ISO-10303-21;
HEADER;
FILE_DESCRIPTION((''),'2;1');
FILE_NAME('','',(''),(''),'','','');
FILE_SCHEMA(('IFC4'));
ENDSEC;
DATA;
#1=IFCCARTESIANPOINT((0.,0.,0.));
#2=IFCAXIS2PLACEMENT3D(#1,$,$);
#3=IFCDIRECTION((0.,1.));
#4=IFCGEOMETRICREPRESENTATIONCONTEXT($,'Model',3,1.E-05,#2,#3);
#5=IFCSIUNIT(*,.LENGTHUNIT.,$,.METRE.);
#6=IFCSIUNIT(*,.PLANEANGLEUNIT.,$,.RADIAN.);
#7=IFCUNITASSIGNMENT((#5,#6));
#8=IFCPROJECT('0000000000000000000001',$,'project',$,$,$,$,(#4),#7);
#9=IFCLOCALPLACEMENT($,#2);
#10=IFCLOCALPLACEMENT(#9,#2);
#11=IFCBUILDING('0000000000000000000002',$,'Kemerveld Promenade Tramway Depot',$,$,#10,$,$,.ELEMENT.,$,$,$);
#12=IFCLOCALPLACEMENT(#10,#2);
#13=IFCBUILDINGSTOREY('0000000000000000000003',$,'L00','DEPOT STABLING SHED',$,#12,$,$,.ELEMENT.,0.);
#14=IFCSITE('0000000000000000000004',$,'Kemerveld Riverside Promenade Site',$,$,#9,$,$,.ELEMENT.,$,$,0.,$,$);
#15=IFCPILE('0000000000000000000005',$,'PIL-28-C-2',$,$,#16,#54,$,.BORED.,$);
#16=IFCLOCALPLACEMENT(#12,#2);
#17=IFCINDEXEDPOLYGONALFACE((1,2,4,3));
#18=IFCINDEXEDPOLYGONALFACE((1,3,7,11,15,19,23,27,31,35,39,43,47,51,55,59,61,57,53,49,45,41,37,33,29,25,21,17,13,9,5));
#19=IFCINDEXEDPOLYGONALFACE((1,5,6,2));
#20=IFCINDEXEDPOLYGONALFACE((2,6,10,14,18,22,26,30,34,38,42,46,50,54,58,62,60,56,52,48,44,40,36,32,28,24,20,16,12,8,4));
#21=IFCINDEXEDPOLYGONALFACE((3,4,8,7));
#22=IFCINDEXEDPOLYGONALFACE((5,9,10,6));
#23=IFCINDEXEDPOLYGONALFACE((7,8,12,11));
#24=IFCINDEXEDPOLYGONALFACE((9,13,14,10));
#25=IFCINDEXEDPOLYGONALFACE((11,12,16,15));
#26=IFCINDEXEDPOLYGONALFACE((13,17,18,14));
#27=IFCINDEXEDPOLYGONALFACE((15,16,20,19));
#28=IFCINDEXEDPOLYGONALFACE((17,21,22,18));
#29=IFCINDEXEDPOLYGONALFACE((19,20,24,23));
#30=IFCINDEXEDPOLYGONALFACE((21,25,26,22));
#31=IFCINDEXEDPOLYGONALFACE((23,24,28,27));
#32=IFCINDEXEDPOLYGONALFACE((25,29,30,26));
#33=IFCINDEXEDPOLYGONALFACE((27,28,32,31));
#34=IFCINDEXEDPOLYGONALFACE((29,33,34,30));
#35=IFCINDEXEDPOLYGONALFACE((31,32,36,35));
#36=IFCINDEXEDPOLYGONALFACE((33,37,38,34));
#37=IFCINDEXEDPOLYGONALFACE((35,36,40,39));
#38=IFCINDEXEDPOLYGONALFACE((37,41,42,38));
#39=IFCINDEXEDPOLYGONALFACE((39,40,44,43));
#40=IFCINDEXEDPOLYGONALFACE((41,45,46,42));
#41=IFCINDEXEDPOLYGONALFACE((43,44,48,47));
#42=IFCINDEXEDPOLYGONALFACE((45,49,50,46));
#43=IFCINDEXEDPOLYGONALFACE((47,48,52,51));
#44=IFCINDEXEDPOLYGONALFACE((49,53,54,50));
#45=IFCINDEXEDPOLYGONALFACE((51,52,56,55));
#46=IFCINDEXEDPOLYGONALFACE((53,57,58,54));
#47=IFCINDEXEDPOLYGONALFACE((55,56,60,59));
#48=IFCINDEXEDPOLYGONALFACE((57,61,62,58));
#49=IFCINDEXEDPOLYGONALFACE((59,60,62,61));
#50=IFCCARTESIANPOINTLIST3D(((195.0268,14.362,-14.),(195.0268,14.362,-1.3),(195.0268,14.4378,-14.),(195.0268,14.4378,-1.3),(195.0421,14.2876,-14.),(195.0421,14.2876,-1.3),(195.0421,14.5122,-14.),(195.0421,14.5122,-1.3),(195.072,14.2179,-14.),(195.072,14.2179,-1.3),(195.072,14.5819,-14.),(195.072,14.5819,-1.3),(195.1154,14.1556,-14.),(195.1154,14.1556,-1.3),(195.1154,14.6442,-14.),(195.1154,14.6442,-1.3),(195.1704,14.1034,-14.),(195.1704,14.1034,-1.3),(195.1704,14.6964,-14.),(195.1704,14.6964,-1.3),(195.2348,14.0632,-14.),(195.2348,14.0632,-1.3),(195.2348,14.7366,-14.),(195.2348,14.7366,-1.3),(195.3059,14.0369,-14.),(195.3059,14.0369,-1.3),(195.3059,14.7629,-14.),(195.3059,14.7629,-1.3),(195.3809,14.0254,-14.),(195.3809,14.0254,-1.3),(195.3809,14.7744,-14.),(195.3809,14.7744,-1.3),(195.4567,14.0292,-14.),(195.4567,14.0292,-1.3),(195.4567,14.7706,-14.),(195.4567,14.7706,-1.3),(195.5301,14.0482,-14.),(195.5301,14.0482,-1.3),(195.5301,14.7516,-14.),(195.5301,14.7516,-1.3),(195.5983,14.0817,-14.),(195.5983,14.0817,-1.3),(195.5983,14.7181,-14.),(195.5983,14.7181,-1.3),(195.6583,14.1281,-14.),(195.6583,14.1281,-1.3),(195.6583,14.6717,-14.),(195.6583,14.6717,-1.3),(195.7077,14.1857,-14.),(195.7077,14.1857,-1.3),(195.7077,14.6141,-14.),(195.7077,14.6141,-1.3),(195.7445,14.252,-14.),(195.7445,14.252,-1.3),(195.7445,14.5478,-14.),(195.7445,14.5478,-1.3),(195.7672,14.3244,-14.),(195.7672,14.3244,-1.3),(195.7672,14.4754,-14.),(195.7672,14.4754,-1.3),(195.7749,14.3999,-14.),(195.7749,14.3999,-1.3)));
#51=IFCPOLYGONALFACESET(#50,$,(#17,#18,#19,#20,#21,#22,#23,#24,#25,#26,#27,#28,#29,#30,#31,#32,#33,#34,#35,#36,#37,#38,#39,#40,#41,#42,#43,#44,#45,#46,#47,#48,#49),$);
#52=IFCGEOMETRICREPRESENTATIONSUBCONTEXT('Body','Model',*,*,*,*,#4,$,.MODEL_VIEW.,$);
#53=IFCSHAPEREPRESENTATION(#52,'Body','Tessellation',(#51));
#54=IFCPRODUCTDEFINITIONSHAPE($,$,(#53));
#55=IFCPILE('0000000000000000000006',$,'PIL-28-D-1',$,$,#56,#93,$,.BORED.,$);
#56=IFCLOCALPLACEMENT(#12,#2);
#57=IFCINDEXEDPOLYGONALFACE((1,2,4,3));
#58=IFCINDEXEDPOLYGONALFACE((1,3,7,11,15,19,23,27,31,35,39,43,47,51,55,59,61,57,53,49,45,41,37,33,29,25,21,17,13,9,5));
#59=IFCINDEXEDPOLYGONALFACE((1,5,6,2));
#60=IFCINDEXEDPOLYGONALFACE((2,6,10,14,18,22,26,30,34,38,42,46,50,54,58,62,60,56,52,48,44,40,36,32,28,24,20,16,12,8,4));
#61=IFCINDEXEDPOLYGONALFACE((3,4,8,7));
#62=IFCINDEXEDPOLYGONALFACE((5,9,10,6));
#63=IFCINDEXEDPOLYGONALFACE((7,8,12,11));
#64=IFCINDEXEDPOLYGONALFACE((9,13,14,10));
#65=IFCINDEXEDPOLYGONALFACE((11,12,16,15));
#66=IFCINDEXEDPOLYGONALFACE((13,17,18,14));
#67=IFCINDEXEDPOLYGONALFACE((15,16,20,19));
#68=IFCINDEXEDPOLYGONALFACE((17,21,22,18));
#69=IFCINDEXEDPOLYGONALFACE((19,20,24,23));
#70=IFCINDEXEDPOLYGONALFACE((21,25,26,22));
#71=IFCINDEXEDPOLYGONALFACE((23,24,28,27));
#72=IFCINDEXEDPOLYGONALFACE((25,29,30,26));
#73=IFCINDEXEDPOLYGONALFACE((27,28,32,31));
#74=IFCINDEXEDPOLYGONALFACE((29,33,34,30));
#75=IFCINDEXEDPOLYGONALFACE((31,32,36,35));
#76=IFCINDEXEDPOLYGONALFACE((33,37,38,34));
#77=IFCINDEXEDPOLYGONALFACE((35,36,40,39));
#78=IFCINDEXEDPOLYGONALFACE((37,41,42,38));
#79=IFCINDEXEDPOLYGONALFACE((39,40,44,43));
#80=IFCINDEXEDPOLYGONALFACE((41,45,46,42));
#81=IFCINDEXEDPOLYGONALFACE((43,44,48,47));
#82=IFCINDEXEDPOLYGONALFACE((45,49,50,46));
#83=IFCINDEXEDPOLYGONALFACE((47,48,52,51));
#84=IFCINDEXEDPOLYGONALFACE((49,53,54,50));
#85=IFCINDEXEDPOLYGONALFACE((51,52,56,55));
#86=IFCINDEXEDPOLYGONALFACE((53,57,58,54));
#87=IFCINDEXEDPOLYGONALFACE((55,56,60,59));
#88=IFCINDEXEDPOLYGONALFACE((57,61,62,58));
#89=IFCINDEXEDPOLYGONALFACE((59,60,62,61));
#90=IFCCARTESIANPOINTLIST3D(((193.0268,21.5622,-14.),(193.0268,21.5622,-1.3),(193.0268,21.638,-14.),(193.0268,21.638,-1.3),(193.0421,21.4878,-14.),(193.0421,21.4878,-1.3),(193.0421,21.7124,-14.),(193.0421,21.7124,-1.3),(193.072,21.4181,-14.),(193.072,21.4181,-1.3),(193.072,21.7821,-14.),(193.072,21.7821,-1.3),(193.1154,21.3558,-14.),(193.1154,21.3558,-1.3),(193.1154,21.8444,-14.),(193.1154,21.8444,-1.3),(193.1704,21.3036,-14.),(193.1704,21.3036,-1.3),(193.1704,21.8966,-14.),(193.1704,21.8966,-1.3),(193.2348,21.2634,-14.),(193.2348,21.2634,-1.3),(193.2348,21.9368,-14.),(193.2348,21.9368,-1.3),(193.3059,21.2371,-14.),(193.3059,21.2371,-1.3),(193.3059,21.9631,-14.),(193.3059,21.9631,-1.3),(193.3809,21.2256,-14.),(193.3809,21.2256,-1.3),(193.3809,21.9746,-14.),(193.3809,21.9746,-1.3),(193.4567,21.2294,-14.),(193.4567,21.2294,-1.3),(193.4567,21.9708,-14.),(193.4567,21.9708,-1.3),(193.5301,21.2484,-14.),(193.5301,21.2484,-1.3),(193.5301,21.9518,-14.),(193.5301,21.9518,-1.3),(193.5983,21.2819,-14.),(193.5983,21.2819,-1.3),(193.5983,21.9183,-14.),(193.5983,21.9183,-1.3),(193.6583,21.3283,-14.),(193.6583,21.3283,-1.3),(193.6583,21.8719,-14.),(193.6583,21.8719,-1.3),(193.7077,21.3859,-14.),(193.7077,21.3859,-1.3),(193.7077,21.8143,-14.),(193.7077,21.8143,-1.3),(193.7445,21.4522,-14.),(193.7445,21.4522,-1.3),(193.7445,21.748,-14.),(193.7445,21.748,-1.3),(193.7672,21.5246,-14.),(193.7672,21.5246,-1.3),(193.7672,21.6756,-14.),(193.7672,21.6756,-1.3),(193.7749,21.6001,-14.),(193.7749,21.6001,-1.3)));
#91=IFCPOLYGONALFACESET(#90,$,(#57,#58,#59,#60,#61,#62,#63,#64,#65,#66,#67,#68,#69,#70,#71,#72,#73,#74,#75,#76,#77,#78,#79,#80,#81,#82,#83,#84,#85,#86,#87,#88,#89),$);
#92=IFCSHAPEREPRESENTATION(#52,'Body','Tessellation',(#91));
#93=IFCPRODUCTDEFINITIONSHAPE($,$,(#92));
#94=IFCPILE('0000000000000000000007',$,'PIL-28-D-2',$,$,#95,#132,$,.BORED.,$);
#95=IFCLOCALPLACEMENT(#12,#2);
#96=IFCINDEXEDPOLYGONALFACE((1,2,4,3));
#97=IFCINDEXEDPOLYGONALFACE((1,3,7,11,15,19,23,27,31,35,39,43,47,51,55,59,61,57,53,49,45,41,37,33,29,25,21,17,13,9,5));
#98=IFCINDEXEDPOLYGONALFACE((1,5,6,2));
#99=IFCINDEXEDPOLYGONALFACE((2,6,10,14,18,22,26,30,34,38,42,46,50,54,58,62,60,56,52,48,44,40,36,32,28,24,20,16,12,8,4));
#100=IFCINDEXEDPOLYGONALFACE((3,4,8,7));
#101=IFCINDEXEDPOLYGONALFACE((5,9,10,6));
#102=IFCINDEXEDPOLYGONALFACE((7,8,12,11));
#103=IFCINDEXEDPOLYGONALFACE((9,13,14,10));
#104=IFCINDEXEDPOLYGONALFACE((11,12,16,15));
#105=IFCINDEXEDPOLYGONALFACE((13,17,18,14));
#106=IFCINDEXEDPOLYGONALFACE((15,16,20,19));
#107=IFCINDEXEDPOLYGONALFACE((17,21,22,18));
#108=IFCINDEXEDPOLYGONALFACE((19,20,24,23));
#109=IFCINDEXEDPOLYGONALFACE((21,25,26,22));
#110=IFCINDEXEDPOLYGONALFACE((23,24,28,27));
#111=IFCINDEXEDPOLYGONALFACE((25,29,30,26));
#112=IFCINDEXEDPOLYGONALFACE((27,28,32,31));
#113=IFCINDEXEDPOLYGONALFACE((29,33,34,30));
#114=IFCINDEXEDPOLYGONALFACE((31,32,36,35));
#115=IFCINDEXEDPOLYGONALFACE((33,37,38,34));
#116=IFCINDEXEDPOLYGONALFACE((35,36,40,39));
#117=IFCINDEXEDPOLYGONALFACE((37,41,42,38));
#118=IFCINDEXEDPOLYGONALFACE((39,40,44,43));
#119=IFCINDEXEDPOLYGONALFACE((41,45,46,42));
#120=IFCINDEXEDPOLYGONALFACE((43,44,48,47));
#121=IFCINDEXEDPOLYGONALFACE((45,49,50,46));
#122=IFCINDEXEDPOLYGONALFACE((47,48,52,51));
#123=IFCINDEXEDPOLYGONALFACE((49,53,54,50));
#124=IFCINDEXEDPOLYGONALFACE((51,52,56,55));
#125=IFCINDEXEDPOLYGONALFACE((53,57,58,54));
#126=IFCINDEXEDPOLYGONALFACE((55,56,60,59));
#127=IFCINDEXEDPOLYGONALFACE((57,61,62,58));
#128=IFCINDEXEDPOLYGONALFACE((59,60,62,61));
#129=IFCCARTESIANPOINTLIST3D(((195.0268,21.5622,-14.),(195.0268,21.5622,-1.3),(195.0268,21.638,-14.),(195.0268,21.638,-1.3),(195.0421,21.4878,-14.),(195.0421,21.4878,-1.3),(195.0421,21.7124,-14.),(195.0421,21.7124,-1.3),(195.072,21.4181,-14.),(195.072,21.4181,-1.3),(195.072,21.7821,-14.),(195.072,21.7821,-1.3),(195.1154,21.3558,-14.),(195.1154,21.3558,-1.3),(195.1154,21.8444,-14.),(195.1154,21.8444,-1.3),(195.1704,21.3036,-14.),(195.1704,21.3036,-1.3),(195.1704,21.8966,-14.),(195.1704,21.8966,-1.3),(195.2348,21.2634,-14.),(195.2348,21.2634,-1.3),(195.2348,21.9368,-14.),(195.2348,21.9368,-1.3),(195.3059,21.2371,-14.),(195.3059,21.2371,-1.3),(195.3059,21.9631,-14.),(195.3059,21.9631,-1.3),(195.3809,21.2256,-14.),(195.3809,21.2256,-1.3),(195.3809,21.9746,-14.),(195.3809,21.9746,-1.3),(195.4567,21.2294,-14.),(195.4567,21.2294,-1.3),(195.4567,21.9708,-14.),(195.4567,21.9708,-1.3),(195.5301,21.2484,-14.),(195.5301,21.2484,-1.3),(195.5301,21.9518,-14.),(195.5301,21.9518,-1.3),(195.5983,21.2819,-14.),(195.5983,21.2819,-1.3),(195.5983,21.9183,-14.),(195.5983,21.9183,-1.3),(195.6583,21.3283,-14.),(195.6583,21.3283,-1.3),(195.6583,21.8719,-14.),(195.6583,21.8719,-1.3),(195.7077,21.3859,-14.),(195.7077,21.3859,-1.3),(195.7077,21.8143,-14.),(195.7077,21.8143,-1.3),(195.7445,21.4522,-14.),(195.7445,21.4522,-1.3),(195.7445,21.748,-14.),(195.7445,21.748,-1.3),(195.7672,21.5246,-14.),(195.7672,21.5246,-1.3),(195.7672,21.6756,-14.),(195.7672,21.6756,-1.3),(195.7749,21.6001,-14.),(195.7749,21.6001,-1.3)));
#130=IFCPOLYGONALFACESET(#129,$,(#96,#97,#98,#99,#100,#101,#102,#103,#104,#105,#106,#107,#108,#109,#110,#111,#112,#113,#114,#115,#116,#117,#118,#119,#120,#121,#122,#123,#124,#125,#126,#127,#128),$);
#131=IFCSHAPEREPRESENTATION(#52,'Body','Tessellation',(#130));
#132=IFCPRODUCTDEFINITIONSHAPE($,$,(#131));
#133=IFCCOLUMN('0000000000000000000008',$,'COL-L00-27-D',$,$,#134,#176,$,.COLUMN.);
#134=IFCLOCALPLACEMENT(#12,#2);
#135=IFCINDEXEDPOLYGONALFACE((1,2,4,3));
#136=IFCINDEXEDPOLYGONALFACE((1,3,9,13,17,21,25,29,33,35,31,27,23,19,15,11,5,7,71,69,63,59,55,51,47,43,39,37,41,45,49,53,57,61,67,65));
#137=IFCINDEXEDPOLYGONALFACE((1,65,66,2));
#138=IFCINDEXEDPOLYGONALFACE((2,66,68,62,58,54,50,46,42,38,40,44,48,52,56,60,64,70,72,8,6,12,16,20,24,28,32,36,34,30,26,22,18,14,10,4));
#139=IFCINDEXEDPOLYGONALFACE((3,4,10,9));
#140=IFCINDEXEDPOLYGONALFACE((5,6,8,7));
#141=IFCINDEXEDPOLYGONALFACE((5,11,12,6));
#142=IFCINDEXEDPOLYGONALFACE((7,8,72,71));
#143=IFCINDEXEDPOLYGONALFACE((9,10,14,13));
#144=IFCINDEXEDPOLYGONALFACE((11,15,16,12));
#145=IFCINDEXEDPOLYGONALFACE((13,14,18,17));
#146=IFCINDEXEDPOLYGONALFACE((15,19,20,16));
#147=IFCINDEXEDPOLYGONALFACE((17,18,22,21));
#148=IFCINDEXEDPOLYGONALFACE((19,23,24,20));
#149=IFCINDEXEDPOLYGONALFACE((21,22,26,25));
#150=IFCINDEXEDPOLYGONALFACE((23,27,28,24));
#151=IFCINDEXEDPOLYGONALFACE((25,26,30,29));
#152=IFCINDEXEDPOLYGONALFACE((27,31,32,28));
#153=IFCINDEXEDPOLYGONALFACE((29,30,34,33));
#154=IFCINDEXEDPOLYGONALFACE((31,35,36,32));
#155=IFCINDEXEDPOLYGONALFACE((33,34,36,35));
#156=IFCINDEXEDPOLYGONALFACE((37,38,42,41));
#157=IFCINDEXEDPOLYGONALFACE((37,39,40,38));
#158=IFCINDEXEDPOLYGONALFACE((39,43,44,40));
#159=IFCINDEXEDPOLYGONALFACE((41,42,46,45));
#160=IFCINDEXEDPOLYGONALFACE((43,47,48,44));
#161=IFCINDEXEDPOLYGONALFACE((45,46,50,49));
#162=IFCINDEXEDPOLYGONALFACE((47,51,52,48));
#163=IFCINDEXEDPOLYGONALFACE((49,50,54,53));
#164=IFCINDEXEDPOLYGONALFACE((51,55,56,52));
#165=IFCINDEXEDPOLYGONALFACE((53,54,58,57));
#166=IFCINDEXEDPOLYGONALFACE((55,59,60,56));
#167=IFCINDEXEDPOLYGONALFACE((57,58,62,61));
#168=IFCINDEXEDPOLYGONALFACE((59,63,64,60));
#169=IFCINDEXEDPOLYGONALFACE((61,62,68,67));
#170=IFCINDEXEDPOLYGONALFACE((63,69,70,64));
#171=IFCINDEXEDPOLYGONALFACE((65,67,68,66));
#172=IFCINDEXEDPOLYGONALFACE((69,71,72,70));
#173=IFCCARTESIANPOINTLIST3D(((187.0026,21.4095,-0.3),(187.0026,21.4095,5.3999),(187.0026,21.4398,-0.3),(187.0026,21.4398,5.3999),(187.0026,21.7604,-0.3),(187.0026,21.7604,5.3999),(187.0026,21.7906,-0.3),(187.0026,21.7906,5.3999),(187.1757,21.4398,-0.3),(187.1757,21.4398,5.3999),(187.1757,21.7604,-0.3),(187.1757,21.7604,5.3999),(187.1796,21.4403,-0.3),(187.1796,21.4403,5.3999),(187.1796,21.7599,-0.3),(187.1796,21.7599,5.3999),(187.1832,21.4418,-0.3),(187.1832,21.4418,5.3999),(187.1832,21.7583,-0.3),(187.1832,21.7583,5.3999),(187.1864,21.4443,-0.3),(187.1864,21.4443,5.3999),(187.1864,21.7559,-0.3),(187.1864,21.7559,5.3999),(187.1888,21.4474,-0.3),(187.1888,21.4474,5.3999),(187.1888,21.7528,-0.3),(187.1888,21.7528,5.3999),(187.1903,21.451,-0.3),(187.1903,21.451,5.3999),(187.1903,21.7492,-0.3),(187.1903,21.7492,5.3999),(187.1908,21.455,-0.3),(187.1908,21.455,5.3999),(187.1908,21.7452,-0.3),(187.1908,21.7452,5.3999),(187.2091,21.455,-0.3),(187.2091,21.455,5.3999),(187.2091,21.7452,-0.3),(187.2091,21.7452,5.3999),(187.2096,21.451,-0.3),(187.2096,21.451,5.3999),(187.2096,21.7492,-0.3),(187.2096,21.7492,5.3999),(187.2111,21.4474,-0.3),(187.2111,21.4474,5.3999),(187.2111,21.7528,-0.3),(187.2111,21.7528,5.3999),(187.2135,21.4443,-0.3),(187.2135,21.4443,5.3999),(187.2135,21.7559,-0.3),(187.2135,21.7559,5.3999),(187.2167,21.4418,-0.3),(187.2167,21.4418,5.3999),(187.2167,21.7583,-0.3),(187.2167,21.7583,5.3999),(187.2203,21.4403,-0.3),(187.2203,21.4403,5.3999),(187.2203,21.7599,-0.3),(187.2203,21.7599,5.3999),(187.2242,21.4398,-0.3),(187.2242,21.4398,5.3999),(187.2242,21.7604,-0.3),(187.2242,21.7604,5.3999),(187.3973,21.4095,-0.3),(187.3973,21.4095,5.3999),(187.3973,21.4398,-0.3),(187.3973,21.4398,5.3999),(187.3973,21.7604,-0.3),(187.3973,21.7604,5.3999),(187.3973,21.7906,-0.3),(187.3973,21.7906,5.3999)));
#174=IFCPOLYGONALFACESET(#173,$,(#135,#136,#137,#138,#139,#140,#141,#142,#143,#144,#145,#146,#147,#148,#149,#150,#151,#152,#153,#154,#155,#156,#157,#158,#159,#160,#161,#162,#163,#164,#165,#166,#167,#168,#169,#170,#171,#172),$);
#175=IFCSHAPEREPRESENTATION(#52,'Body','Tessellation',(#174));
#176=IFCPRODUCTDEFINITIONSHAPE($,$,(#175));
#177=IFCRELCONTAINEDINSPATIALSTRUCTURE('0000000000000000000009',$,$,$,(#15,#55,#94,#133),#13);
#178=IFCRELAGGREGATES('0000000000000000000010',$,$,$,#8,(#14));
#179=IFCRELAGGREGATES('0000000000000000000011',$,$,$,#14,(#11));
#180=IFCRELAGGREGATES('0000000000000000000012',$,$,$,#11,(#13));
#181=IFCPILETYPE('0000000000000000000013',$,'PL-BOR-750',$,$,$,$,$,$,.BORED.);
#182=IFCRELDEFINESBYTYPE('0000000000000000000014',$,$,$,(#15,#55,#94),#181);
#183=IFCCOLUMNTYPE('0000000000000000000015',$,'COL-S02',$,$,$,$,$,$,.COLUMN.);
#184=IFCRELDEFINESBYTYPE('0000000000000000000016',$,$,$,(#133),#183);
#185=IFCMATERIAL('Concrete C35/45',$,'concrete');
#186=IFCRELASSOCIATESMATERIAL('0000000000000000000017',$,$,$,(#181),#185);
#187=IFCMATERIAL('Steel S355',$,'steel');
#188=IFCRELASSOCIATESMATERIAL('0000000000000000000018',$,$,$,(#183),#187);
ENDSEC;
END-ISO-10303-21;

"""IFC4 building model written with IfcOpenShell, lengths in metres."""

from ifc_helpers import new_model, si_unit, direction, frame, origin, origin_2d, place, context, subcontext, project, spatial, circle, i_section, extrude, material, material_profile, profile_set, type_object, element, save


model = new_model("IFC4")

# Units and contexts
model_context = context("Model", 3, precision=1e-05, world=origin(), true_north=direction((0.0, 1.0)))
body_context = subcontext(model_context, "Body", "Model", "MODEL_VIEW")
ifc_project = project(units=[si_unit("LENGTHUNIT", "METRE"), si_unit("PLANEANGLEUNIT", "RADIAN")], contexts=[model_context])

# Site, building, storey
site_placement = place(None, origin())
site = spatial("IfcSite", under=ifc_project, at=site_placement, Name="Kemerveld Riverside Promenade Site", CompositionType="ELEMENT", RefElevation=0.0)
building_placement = place(site_placement, origin())
building = spatial("IfcBuilding", under=site, at=building_placement, Name="Kemerveld Promenade Tramway Depot", CompositionType="ELEMENT")
storey_placement = place(building_placement, origin())
storey = spatial("IfcBuildingStorey", under=building, at=storey_placement, Name="L00", Description="DEPOT STABLING SHED", CompositionType="ELEMENT", Elevation=0.0)

# Shared definitions
ifc_material_1 = material(Name="Concrete C35/45", Category="concrete")

# Piles
ifc_material_profile_1 = material_profile(ifc_material_1, circle(Radius=0.375, at=origin_2d()), Name="PILE-D750")
ifc_profile_set_1 = profile_set([ifc_material_profile_1], Name="Concrete C35/45")
pile_type_1 = type_object("IfcPileType", Name="PL-BOR-750", PredefinedType="BORED", material=ifc_profile_set_1)
for number, where, z_axis, x_axis, name in (
    (1, (195.3999, 14.3999, -1.3), (0.0, 0.0, -1.0), (1.0, 0.0, 0.0), "PIL-28-C-2"),
    (2, (193.3999, 21.6001, -1.3), (0.0, 0.0, -1.0), (1.0, 0.0, 0.0), "PIL-28-D-1"),
    (3, (195.3999, 21.6001, -1.3), (0.0, 0.0, -1.0), (1.0, 0.0, 0.0), "PIL-28-D-2"),
):
    element("IfcPile", number, at=place(storey_placement, frame(where, z_axis=z_axis, x_axis=x_axis)), inside=storey, type_object=pile_type_1, Name=name, PredefinedType="BORED", context=body_context, shape_type="SweptSolid", body=[
        extrude(circle(Radius=0.375, at=origin_2d()), origin(), (0.0, 0.0, 1.0), 12.7),
    ])

# Column
ifc_material_2 = material(Name="Steel S355", Category="steel")
ifc_material_profile_2 = material_profile(ifc_material_2, i_section(OverallWidth=0.3948, OverallDepth=0.3811, WebThickness=0.0183, FlangeThickness=0.0303, FilletRadius=0.0151, at=origin_2d()), Name="356x406x235 UC")
ifc_profile_set_2 = profile_set([ifc_material_profile_2], Name="Steel S355")
column_type = type_object("IfcColumnType", Name="COL-S02", PredefinedType="COLUMN", material=ifc_profile_set_2)
for number, where, z_axis, x_axis, name in (
    (4, (187.2, 21.6001, -0.3), (0.0, 0.0, 1.0), (1.0, 0.0, 0.0), "COL-L00-27-D"),
):
    element("IfcColumn", number, at=place(storey_placement, frame(where, z_axis=z_axis, x_axis=x_axis)), inside=storey, type_object=column_type, Name=name, PredefinedType="COLUMN", context=body_context, shape_type="SweptSolid", body=[
        extrude(i_section(OverallWidth=0.3948, OverallDepth=0.3811, WebThickness=0.0183, FlangeThickness=0.0303, FilletRadius=0.0151, at=origin_2d()), origin(), (0.0, 0.0, 1.0), 5.7),
    ])

save(model, "model.ifc")
